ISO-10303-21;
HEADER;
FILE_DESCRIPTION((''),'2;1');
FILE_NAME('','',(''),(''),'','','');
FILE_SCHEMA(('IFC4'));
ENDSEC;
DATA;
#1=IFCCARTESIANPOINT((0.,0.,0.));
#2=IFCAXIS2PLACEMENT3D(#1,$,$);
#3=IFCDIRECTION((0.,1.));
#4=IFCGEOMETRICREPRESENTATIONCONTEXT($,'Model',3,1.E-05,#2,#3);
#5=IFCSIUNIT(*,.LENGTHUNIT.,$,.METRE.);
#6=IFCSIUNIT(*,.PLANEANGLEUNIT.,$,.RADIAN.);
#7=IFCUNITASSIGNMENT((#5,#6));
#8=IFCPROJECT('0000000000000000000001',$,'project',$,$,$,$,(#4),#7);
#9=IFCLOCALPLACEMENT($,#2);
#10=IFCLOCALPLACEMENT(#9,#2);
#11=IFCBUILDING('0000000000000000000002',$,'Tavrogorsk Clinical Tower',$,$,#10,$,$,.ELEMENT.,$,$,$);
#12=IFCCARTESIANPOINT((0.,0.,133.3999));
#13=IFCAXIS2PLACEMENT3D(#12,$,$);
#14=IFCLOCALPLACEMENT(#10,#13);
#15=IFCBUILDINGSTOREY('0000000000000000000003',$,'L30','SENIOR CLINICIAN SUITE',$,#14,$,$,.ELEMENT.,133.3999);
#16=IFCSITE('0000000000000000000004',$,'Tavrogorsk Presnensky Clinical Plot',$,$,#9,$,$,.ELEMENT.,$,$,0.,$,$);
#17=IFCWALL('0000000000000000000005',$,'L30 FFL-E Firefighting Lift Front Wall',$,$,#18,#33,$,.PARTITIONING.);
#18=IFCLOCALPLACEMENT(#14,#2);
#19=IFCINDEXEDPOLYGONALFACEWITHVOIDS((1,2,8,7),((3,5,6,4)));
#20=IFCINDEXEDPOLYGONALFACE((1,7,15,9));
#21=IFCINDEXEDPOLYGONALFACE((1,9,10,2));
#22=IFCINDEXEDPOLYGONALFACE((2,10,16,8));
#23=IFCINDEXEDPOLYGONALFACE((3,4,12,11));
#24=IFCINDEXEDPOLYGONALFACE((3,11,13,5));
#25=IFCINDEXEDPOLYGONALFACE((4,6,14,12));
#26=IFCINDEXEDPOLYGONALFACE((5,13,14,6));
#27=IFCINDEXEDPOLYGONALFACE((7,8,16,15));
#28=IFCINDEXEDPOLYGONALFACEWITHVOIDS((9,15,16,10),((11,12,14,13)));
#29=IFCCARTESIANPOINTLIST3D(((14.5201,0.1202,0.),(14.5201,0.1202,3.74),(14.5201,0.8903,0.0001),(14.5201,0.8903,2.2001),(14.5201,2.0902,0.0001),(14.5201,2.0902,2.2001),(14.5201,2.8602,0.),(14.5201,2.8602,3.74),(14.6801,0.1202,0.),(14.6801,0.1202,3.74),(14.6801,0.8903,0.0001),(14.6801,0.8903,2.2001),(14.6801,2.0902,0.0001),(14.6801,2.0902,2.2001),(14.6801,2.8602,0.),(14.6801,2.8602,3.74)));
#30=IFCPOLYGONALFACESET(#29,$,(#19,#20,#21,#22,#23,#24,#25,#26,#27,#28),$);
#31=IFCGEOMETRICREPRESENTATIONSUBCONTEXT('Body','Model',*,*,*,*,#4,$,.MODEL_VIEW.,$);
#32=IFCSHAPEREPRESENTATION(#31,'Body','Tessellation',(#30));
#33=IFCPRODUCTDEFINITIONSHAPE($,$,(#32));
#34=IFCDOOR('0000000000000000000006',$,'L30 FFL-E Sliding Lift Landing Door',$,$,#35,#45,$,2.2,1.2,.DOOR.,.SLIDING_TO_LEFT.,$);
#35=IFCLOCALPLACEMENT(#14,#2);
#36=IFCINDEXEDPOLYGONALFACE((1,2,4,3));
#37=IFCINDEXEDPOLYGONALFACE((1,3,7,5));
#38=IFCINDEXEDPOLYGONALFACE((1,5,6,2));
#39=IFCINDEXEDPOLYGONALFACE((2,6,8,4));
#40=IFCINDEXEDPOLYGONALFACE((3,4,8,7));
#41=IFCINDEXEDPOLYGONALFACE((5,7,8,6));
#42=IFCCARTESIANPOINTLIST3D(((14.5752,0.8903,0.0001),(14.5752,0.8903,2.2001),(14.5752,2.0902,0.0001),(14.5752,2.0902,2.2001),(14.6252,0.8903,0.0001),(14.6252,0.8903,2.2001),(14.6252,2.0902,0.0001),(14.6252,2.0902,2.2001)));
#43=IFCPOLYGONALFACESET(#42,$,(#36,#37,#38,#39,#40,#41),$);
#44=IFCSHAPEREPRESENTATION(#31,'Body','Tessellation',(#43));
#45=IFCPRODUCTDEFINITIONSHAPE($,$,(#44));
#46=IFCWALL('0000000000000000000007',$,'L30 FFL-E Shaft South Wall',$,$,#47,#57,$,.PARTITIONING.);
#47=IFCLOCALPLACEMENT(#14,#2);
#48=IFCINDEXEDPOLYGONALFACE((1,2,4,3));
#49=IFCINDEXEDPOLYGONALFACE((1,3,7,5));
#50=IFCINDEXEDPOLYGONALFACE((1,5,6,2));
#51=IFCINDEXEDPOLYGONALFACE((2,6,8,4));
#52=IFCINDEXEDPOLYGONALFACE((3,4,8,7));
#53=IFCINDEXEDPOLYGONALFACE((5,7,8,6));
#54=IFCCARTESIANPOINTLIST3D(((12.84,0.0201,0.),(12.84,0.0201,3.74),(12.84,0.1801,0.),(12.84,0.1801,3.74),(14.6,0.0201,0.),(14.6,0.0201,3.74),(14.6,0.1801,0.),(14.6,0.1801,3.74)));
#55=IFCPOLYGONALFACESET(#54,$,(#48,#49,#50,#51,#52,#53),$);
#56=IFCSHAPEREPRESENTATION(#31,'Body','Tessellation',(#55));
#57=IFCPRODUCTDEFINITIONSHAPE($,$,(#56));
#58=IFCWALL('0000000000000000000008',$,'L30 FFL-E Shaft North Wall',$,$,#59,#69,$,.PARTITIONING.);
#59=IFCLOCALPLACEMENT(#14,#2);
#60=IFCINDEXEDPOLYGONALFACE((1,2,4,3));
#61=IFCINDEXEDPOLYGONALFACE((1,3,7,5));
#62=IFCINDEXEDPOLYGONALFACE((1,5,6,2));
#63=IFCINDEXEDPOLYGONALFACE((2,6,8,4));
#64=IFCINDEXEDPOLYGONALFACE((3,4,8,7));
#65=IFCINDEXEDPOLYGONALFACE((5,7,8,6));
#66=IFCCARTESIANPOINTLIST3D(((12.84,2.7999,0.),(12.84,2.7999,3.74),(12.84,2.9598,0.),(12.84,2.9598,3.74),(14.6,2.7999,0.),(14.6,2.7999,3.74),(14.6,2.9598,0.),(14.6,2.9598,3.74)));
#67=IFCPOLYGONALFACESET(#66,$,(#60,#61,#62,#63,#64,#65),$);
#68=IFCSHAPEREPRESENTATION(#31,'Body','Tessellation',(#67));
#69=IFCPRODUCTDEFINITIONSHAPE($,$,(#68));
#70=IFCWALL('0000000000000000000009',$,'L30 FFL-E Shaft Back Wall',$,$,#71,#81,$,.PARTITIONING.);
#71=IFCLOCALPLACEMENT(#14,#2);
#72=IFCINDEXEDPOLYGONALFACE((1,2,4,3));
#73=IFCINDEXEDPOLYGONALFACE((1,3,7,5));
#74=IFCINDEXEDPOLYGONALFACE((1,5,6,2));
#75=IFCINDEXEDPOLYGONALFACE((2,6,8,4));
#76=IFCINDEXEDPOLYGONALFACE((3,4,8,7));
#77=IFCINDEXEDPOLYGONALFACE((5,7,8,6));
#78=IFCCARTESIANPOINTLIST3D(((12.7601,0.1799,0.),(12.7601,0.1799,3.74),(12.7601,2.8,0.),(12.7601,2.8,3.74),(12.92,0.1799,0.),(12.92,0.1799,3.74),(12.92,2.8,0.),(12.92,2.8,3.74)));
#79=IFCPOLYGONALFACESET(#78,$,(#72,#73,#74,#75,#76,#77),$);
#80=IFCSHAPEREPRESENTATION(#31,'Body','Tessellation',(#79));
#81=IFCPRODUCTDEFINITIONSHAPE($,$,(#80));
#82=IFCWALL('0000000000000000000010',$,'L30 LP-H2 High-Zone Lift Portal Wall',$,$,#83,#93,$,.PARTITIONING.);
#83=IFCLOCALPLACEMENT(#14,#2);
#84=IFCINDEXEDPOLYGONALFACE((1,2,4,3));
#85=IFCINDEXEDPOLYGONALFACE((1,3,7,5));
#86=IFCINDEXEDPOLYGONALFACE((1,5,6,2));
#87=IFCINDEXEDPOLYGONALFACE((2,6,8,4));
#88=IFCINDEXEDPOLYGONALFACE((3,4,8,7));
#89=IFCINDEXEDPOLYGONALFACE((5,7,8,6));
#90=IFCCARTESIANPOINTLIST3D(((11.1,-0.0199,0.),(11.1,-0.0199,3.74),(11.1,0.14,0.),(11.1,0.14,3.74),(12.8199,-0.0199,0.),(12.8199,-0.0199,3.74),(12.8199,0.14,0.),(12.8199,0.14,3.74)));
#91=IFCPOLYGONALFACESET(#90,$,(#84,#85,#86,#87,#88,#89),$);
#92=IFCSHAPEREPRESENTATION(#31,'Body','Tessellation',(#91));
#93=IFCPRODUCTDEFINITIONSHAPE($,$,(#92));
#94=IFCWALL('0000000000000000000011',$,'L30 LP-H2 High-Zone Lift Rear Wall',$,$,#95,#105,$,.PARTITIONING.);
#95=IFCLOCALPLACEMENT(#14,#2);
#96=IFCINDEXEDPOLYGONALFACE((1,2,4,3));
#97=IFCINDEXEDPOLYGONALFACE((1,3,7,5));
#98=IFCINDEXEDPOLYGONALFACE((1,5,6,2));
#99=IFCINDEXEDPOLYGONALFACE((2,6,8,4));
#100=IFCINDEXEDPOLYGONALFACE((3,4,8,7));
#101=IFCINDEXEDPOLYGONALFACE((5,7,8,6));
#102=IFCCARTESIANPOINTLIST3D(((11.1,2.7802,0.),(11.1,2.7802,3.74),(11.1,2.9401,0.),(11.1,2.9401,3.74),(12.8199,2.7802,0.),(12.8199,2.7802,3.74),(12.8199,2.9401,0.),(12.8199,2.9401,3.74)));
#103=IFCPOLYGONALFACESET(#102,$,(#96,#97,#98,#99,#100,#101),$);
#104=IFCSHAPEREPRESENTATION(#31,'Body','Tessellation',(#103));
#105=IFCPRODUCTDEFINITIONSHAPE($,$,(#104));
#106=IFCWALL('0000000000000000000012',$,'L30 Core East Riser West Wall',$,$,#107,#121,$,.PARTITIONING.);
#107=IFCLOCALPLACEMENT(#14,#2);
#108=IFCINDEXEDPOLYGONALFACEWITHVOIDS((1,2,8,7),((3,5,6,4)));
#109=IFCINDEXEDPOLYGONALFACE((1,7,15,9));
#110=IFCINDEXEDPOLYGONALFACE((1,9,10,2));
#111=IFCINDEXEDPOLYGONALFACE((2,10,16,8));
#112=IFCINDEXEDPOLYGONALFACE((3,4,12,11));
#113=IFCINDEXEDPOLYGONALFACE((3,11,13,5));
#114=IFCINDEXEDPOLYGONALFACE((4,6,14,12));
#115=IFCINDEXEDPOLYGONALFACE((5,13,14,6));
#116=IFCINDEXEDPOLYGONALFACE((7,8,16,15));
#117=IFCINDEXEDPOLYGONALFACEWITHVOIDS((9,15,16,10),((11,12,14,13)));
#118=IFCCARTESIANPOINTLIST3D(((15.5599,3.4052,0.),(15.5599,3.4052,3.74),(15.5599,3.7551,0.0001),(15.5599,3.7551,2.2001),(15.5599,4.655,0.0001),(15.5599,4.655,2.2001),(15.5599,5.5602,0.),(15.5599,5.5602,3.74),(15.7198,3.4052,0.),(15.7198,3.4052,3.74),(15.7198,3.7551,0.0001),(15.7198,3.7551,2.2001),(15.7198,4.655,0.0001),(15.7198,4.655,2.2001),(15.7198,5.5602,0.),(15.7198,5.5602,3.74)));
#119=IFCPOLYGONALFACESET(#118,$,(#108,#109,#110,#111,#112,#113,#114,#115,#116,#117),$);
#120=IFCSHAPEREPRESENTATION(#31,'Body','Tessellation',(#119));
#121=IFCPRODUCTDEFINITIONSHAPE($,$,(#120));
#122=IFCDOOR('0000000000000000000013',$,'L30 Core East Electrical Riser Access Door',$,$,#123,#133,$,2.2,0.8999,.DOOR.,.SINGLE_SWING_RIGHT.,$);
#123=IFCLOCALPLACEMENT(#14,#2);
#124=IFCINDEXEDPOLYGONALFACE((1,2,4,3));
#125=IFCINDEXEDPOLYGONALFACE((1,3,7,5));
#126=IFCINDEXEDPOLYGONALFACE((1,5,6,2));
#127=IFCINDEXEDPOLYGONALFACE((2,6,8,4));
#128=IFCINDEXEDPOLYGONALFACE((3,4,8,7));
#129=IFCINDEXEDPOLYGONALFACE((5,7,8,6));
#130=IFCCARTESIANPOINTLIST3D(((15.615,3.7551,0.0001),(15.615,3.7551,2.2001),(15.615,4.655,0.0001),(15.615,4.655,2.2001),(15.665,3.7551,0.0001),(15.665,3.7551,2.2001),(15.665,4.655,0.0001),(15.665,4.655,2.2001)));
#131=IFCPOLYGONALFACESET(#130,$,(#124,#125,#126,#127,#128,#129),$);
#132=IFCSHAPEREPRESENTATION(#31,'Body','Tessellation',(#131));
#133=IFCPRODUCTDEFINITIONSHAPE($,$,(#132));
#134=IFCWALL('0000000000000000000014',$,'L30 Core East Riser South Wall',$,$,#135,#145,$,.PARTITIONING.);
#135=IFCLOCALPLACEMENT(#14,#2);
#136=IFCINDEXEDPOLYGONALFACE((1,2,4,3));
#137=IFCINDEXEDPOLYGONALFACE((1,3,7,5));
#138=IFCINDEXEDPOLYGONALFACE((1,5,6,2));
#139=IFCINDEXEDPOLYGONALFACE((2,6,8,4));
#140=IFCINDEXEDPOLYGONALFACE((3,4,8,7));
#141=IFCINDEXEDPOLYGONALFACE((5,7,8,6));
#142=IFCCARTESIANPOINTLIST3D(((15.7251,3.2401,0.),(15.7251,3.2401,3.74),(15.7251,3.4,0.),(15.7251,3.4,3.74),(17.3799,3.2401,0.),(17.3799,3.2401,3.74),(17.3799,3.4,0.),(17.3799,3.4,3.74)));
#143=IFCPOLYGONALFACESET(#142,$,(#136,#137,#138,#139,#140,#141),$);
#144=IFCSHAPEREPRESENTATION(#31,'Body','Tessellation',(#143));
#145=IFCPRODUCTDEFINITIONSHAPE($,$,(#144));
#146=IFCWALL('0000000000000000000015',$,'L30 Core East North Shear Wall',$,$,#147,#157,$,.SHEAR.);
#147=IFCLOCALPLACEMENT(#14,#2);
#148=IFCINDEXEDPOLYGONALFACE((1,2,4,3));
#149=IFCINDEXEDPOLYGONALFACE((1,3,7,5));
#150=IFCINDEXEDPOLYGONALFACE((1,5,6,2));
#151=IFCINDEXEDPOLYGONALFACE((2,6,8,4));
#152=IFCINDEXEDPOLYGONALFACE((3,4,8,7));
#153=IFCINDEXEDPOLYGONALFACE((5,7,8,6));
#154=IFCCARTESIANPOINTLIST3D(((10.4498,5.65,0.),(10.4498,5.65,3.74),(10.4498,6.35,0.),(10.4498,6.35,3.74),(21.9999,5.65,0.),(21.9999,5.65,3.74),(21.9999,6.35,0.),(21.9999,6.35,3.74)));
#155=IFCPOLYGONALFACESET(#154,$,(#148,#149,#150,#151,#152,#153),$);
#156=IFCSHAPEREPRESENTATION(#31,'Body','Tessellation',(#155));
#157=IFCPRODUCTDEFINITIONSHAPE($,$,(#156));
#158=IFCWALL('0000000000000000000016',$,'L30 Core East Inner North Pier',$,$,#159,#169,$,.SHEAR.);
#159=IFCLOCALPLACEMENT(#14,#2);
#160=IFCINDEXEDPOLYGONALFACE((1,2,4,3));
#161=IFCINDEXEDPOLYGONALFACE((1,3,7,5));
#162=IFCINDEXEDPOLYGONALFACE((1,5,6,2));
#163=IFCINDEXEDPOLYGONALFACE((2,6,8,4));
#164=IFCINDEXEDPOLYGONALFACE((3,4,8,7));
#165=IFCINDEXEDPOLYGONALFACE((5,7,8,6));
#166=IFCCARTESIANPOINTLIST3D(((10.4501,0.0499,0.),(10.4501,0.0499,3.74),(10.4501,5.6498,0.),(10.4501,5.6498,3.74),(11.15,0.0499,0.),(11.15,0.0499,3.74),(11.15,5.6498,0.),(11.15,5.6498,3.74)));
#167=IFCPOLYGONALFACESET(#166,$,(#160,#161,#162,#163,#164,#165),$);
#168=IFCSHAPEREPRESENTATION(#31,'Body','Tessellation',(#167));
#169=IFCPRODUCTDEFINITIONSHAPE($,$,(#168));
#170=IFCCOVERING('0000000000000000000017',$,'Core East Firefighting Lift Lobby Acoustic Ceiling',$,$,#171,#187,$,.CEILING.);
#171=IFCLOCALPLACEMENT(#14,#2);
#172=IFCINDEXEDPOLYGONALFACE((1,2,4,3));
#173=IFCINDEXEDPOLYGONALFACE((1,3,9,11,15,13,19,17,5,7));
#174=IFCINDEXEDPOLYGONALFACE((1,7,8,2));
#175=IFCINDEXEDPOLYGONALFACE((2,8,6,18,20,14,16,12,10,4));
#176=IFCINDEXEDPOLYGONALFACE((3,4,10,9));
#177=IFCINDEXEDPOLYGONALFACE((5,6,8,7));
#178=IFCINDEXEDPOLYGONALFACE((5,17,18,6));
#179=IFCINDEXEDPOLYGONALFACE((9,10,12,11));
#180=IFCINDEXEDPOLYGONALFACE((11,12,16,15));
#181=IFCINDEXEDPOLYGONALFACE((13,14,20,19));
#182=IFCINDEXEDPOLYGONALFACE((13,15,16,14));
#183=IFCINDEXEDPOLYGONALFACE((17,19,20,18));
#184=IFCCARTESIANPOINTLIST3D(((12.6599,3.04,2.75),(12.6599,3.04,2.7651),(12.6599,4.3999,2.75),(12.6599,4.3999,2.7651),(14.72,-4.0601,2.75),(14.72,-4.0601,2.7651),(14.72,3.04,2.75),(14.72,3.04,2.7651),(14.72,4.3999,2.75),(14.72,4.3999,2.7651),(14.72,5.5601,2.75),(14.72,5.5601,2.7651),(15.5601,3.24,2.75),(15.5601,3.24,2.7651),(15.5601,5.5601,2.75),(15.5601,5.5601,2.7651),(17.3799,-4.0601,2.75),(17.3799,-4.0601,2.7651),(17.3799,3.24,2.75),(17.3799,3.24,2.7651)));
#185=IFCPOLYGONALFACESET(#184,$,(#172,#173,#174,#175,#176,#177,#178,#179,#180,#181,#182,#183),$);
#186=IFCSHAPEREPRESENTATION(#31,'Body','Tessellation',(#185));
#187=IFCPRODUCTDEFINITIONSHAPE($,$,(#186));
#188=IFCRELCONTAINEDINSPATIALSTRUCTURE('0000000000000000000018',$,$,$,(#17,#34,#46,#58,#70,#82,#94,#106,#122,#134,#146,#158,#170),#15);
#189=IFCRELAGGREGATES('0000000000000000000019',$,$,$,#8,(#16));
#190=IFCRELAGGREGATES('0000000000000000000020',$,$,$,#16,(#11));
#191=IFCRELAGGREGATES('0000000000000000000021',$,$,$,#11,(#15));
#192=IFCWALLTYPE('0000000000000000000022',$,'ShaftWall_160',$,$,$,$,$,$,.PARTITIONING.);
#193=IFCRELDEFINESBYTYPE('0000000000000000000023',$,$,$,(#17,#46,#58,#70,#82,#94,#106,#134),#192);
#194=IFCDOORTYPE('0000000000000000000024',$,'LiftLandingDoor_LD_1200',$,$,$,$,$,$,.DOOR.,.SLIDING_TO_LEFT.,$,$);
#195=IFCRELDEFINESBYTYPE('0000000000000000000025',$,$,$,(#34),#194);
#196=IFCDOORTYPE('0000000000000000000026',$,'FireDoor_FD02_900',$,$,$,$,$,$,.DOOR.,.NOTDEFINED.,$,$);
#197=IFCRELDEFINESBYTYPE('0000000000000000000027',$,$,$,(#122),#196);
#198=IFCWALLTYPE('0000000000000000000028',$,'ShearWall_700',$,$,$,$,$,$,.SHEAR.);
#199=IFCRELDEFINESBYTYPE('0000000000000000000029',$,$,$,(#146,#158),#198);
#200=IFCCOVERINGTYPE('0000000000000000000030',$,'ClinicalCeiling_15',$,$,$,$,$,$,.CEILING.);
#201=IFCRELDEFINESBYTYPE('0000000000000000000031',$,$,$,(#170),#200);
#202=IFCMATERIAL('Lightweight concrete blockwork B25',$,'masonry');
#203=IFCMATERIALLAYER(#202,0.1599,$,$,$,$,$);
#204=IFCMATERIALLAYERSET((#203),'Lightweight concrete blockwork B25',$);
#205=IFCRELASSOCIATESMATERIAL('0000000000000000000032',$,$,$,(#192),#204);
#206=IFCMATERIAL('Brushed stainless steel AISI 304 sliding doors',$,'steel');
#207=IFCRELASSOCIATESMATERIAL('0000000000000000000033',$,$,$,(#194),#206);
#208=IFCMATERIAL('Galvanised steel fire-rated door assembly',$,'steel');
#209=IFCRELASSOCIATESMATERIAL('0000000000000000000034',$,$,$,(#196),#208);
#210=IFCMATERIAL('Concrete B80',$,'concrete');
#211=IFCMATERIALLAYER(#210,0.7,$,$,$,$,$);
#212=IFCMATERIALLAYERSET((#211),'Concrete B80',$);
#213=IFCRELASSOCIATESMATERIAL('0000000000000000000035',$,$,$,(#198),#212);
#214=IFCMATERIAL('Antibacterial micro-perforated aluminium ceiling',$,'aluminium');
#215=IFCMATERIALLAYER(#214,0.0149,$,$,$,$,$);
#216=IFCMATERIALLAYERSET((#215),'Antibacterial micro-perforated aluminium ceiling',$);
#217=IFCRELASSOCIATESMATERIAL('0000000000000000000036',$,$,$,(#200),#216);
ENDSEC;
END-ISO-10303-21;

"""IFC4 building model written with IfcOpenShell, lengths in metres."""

from ifc_helpers import new_model, si_unit, direction, frame, frame_2d, origin, place, context, subcontext, project, spatial, polyline, rectangle, outline, extrude, material, layer, layer_set, type_object, element, fill, save


model = new_model("IFC4")

# Units and contexts
model_context = context("Model", 3, precision=1e-05, world=origin(), true_north=direction((0.0, 1.0)))
body_context = subcontext(model_context, "Body", "Model", "MODEL_VIEW")
ifc_project = project(units=[si_unit("LENGTHUNIT", "METRE"), si_unit("PLANEANGLEUNIT", "RADIAN")], contexts=[model_context])

# Site, building, storey
site_placement = place(None, origin())
site = spatial("IfcSite", under=ifc_project, at=site_placement, Name="Tavrogorsk Presnensky Clinical Plot", CompositionType="ELEMENT", RefElevation=0.0)
building_placement = place(site_placement, origin())
building = spatial("IfcBuilding", under=site, at=building_placement, Name="Tavrogorsk Clinical Tower", CompositionType="ELEMENT")
storey_placement = place(building_placement, frame((0.0, 0.0, 133.3999)))
storey = spatial("IfcBuildingStorey", under=building, at=storey_placement, Name="L30", Description="SENIOR CLINICIAN SUITE", CompositionType="ELEMENT", Elevation=133.3999)

# Wall, opening, door
ifc_material_1 = material(Name="Lightweight concrete blockwork B25", Category="masonry")
ifc_layer_1 = layer(ifc_material_1, 0.1599)
ifc_layer_set_1 = layer_set([ifc_layer_1], Name="Lightweight concrete blockwork B25")
wall_type_1 = type_object("IfcWallType", Name="ShaftWall_160", PredefinedType="PARTITIONING", material=ifc_layer_set_1)
wall_1_placement = place(storey_placement, frame((14.6001, 0.1201, 0.0), z_axis=(0.0, 0.0, 1.0), x_axis=(0.0, 1.0, 0.0)))
wall_1 = element("IfcWall", 1, at=wall_1_placement, inside=storey, type_object=wall_type_1, Name="L30 FFL-E Firefighting Lift Front Wall", PredefinedType="PARTITIONING", context=body_context, shape_type="SweptSolid", body=[
    extrude(rectangle(XDim=2.74, YDim=0.1599, at=frame_2d((1.3701, 0.0))), origin(), (0.0, 0.0, 1.0), 3.74),
])
opening_1_placement = place(wall_1_placement, frame((0.77, 0.0, 0.0)))
opening_1 = element("IfcOpeningElement", 2, at=opening_1_placement, cuts=wall_1, PredefinedType="OPENING", context=body_context, shape_type="SweptSolid", body=[
    extrude(rectangle(XDim=1.2, YDim=2.2, at=frame_2d((0.6001, 1.1001))), frame((0.0, 0.0898, 0.0), z_axis=(0.0, -1.0, 0.0), x_axis=(1.0, 0.0, 0.0)), (0.0, 0.0, 1.0), 0.1799),
])
ifc_material_2 = material(Name="Brushed stainless steel AISI 304 sliding doors", Category="steel")
door_type_1 = type_object("IfcDoorType", Name="LiftLandingDoor_LD_1200", OperationType="SLIDING_TO_LEFT", PredefinedType="DOOR", material=ifc_material_2)
door_1_placement = place(opening_1_placement, origin())
door_1 = element("IfcDoor", 3, at=door_1_placement, inside=storey, type_object=door_type_1, Name="L30 FFL-E Sliding Lift Landing Door", OperationType="SLIDING_TO_LEFT", OverallHeight=2.2, OverallWidth=1.2, PredefinedType="DOOR", context=body_context, shape_type="SweptSolid", body=[
    extrude(rectangle(XDim=1.2, YDim=2.2, at=frame_2d((0.6001, 1.1001))), frame((0.0, 0.0249, 0.0), z_axis=(0.0, -1.0, 0.0), x_axis=(1.0, 0.0, 0.0)), (0.0, 0.0, 1.0), 0.05),
])
fill(opening_1, door_1)

# Walls
for number, where, z_axis, x_axis, name in (
    (4, (12.8401, 0.1001, 0.0), (0.0, 0.0, 1.0), (1.0, 0.0, 0.0), "L30 FFL-E Shaft South Wall"),
    (5, (12.8401, 2.8799, 0.0), (0.0, 0.0, 1.0), (1.0, 0.0, 0.0), "L30 FFL-E Shaft North Wall"),
):
    element("IfcWall", number, at=place(storey_placement, frame(where, z_axis=z_axis, x_axis=x_axis)), inside=storey, type_object=wall_type_1, Name=name, PredefinedType="PARTITIONING", context=body_context, shape_type="SweptSolid", body=[
        extrude(rectangle(XDim=1.76, YDim=0.1599, at=frame_2d((0.8799, 0.0))), origin(), (0.0, 0.0, 1.0), 3.74),
    ])
wall_2_placement = place(storey_placement, frame((12.8401, 0.1799, 0.0), z_axis=(0.0, 0.0, 1.0), x_axis=(0.0, 1.0, 0.0)))
element("IfcWall", 6, at=wall_2_placement, inside=storey, type_object=wall_type_1, Name="L30 FFL-E Shaft Back Wall", PredefinedType="PARTITIONING", context=body_context, shape_type="SweptSolid", body=[
    extrude(rectangle(XDim=2.6201, YDim=0.1599, at=frame_2d((1.3101, 0.0))), origin(), (0.0, 0.0, 1.0), 3.74),
])
for number, where, z_axis, x_axis, name in (
    (7, (11.1001, 0.0601, 0.0), (0.0, 0.0, 1.0), (1.0, 0.0, 0.0), "L30 LP-H2 High-Zone Lift Portal Wall"),
    (8, (11.1001, 2.8601, 0.0), (0.0, 0.0, 1.0), (1.0, 0.0, 0.0), "L30 LP-H2 High-Zone Lift Rear Wall"),
):
    element("IfcWall", number, at=place(storey_placement, frame(where, z_axis=z_axis, x_axis=x_axis)), inside=storey, type_object=wall_type_1, Name=name, PredefinedType="PARTITIONING", context=body_context, shape_type="SweptSolid", body=[
        extrude(rectangle(XDim=1.72, YDim=0.1599, at=frame_2d((0.8599, 0.0))), origin(), (0.0, 0.0, 1.0), 3.74),
    ])

# Wall, opening, door
wall_3_placement = place(storey_placement, frame((15.6399, 3.405, 0.0), z_axis=(0.0, 0.0, 1.0), x_axis=(0.0, 1.0, 0.0)))
wall_3 = element("IfcWall", 9, at=wall_3_placement, inside=storey, type_object=wall_type_1, Name="L30 Core East Riser West Wall", PredefinedType="PARTITIONING", context=body_context, shape_type="SweptSolid", body=[
    extrude(rectangle(XDim=2.155, YDim=0.1599, at=frame_2d((1.0776, 0.0))), origin(), (0.0, 0.0, 1.0), 3.74),
])
opening_2_placement = place(wall_3_placement, frame((0.3501, 0.0, 0.0)))
opening_2 = element("IfcOpeningElement", 10, at=opening_2_placement, cuts=wall_3, PredefinedType="OPENING", context=body_context, shape_type="SweptSolid", body=[
    extrude(rectangle(XDim=0.8999, YDim=2.2, at=frame_2d((0.45, 1.1001))), frame((0.0, 0.0898, 0.0), z_axis=(0.0, -1.0, 0.0), x_axis=(1.0, 0.0, 0.0)), (0.0, 0.0, 1.0), 0.1799),
])
ifc_material_3 = material(Name="Galvanised steel fire-rated door assembly", Category="steel")
door_type_2 = type_object("IfcDoorType", Name="FireDoor_FD02_900", OperationType="NOTDEFINED", PredefinedType="DOOR", material=ifc_material_3)
door_2_placement = place(opening_2_placement, origin())
door_2 = element("IfcDoor", 11, at=door_2_placement, inside=storey, type_object=door_type_2, Name="L30 Core East Electrical Riser Access Door", OperationType="SINGLE_SWING_RIGHT", OverallHeight=2.2, OverallWidth=0.8999, PredefinedType="DOOR", context=body_context, shape_type="SweptSolid", body=[
    extrude(rectangle(XDim=0.8999, YDim=2.2, at=frame_2d((0.45, 1.1001))), frame((0.0, 0.0249, 0.0), z_axis=(0.0, -1.0, 0.0), x_axis=(1.0, 0.0, 0.0)), (0.0, 0.0, 1.0), 0.05),
])
fill(opening_2, door_2)

# Walls
wall_4_placement = place(storey_placement, frame((15.7251, 3.3201, 0.0), z_axis=(0.0, 0.0, 1.0), x_axis=(1.0, 0.0, 0.0)))
element("IfcWall", 12, at=wall_4_placement, inside=storey, type_object=wall_type_1, Name="L30 Core East Riser South Wall", PredefinedType="PARTITIONING", context=body_context, shape_type="SweptSolid", body=[
    extrude(rectangle(XDim=1.6548, YDim=0.1599, at=frame_2d((0.8274, 0.0))), origin(), (0.0, 0.0, 1.0), 3.74),
])
ifc_material_4 = material(Name="Concrete B80", Category="concrete")
ifc_layer_2 = layer(ifc_material_4, 0.7)
ifc_layer_set_2 = layer_set([ifc_layer_2], Name="Concrete B80")
wall_type_2 = type_object("IfcWallType", Name="ShearWall_700", PredefinedType="SHEAR", material=ifc_layer_set_2)
wall_5_placement = place(storey_placement, frame((10.45, 6.0, 0.0), z_axis=(0.0, 0.0, 1.0), x_axis=(1.0, 0.0, 0.0)))
element("IfcWall", 13, at=wall_5_placement, inside=storey, type_object=wall_type_2, Name="L30 Core East North Shear Wall", PredefinedType="SHEAR", context=body_context, shape_type="SweptSolid", body=[
    extrude(rectangle(XDim=11.55, YDim=0.7, at=frame_2d((5.7749, 0.0))), origin(), (0.0, 0.0, 1.0), 3.74),
])
wall_6_placement = place(storey_placement, frame((10.8, 0.05, 0.0), z_axis=(0.0, 0.0, 1.0), x_axis=(0.0, 1.0, 0.0)))
element("IfcWall", 14, at=wall_6_placement, inside=storey, type_object=wall_type_2, Name="L30 Core East Inner North Pier", PredefinedType="SHEAR", context=body_context, shape_type="SweptSolid", body=[
    extrude(rectangle(XDim=5.5999, YDim=0.7, at=frame_2d((2.7998, 0.0))), origin(), (0.0, 0.0, 1.0), 3.74),
])

# Covering
ifc_material_5 = material(Name="Antibacterial micro-perforated aluminium ceiling", Category="aluminium")
ifc_layer_3 = layer(ifc_material_5, 0.0149)
ifc_layer_set_3 = layer_set([ifc_layer_3], Name="Antibacterial micro-perforated aluminium ceiling")
covering_type_1 = type_object("IfcCoveringType", Name="ClinicalCeiling_15", PredefinedType="CEILING", material=ifc_layer_set_3)
covering_1_placement = place(storey_placement, frame((0.0, 0.0, 2.75)))
element("IfcCovering", 15, at=covering_1_placement, inside=storey, type_object=covering_type_1, Name="Core East Firefighting Lift Lobby Acoustic Ceiling", PredefinedType="CEILING", context=body_context, shape_type="SweptSolid", body=[
    extrude(outline(polyline([(14.72, 3.04), (12.6599, 3.04), (12.6599, 4.3999), (14.72, 4.3999), (14.72, 5.5601), (15.5601, 5.5601), (15.5601, 3.24), (17.3799, 3.24), (17.3799, -4.0601), (14.72, -4.0601), (14.72, 3.04)])), origin(), (0.0, 0.0, 1.0), 0.0151),
])

save(model, "model.ifc")
